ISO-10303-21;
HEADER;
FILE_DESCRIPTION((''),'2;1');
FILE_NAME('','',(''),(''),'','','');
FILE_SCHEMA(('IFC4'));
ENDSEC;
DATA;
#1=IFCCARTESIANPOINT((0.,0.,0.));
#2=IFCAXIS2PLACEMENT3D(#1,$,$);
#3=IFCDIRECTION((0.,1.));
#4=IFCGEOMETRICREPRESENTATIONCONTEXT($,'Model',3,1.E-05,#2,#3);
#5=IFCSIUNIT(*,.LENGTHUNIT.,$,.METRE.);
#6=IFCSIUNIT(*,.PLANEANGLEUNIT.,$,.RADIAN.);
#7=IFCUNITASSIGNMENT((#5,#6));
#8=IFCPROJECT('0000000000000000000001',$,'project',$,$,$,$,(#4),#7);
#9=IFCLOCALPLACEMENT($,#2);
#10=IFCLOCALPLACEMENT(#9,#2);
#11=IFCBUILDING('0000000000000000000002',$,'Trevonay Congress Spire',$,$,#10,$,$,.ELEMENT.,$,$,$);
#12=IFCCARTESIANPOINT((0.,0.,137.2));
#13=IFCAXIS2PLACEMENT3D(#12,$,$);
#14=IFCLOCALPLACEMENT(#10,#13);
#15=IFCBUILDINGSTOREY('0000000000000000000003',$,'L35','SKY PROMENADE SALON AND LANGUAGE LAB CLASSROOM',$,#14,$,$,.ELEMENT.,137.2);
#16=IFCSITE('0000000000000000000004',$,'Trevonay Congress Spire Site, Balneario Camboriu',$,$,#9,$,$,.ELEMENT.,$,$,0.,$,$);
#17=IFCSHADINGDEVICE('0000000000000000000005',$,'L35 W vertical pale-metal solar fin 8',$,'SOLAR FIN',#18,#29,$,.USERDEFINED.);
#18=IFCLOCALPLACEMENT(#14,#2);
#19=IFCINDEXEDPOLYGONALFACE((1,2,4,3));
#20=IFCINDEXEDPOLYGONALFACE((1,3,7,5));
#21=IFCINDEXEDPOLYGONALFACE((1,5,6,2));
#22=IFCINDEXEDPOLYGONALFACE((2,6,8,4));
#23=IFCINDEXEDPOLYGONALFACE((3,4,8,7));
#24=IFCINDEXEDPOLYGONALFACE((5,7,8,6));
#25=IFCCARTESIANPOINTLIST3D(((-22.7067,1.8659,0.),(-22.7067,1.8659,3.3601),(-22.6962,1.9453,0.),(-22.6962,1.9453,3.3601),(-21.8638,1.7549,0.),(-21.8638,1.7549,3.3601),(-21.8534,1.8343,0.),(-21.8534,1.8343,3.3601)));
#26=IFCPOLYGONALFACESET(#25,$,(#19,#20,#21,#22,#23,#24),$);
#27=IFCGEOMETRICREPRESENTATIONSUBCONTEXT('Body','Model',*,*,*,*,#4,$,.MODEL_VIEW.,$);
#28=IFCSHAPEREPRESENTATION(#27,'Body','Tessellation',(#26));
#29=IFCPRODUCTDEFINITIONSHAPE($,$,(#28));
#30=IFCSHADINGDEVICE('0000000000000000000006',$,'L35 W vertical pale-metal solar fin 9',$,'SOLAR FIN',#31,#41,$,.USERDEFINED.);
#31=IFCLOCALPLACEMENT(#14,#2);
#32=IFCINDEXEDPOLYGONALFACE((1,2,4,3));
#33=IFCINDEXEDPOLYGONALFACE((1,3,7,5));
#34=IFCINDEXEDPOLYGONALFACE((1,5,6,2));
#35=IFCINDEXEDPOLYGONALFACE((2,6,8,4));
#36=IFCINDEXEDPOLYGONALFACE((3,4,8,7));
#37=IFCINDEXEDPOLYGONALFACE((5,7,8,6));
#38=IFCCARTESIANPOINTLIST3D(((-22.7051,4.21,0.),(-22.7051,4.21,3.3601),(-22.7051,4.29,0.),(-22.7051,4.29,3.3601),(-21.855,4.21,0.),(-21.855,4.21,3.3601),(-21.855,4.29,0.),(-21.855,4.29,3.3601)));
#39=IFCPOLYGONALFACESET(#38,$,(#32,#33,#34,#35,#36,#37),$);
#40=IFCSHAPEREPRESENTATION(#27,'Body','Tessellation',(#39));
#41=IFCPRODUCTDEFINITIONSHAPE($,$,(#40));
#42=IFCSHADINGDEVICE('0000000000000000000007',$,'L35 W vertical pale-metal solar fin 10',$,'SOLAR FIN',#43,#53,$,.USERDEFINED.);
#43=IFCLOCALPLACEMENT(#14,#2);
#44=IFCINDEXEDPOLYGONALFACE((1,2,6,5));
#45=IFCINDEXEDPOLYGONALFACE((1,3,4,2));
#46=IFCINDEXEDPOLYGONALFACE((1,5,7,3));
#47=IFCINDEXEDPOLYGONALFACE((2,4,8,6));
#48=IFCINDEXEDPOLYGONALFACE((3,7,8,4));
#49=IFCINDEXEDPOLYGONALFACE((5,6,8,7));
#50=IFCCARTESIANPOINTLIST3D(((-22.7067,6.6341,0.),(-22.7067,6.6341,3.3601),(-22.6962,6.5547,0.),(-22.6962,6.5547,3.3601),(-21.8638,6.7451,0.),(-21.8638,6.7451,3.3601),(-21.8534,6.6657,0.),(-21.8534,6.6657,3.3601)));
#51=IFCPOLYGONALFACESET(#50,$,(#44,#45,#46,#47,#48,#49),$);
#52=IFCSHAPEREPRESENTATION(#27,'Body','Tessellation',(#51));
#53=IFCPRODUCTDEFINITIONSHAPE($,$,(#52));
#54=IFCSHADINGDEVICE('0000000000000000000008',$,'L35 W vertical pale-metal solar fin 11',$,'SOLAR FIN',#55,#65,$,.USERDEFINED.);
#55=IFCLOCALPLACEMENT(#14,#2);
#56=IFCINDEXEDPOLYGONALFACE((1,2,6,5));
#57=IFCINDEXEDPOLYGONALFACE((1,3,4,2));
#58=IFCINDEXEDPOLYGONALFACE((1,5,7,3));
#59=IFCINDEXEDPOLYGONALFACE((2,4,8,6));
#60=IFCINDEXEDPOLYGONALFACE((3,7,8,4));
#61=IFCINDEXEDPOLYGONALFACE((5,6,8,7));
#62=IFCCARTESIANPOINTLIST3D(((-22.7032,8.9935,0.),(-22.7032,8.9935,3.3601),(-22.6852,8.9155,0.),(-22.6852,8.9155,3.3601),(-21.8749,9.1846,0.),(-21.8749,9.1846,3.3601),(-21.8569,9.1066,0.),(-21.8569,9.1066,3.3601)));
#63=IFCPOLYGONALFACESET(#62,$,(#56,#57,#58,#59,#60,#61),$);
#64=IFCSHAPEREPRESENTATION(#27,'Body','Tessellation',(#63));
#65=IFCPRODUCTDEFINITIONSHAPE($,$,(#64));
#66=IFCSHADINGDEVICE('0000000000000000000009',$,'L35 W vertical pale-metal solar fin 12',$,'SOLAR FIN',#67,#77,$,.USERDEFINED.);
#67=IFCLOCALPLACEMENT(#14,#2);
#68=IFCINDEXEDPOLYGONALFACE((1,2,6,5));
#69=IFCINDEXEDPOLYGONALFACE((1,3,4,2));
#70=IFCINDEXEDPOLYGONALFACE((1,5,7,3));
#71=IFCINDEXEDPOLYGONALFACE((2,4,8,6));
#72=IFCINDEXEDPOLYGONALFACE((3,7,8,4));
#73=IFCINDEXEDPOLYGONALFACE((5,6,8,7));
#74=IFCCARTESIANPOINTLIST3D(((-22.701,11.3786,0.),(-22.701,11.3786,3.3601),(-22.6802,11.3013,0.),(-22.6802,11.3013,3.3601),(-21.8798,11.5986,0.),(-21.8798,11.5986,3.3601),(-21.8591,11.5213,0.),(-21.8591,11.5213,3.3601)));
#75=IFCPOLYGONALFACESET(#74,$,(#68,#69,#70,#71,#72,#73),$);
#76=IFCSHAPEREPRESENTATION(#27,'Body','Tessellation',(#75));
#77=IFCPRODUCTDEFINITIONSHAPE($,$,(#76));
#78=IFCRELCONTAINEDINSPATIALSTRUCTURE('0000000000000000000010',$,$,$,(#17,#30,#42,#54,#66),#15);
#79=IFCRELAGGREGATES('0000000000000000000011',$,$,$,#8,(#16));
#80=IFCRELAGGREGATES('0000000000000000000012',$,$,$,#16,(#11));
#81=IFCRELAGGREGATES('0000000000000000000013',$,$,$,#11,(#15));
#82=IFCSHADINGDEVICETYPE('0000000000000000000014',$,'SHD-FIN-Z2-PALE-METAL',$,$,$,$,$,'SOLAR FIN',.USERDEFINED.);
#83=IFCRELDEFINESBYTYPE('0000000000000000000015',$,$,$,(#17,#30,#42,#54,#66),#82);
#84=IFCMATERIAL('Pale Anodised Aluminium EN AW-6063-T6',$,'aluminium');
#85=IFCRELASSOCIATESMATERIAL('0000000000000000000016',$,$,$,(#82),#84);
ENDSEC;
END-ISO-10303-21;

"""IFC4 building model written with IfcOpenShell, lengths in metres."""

from ifc_helpers import new_model, si_unit, direction, frame, origin, origin_2d, place, context, subcontext, project, spatial, rectangle, extrude, material, type_object, element, save


model = new_model("IFC4")

# Units and contexts
model_context = context("Model", 3, precision=1e-05, world=origin(), true_north=direction((0.0, 1.0)))
body_context = subcontext(model_context, "Body", "Model", "MODEL_VIEW")
ifc_project = project(units=[si_unit("LENGTHUNIT", "METRE"), si_unit("PLANEANGLEUNIT", "RADIAN")], contexts=[model_context])

# Site, building, storey
site_placement = place(None, origin())
site = spatial("IfcSite", under=ifc_project, at=site_placement, Name="Trevonay Congress Spire Site, Balneario Camboriu", CompositionType="ELEMENT", RefElevation=0.0)
building_placement = place(site_placement, origin())
building = spatial("IfcBuilding", under=site, at=building_placement, Name="Trevonay Congress Spire", CompositionType="ELEMENT")
storey_placement = place(building_placement, frame((0.0, 0.0, 137.2)))
storey = spatial("IfcBuildingStorey", under=building, at=storey_placement, Name="L35", Description="SKY PROMENADE SALON AND LANGUAGE LAB CLASSROOM", CompositionType="ELEMENT", Elevation=137.2)

# Shared definitions
ifc_material_1 = material(Name="Pale Anodised Aluminium EN AW-6063-T6", Category="aluminium")

# Shading devices
shading_device_type = type_object("IfcShadingDeviceType", Name="SHD-FIN-Z2-PALE-METAL", ElementType="SOLAR FIN", PredefinedType="USERDEFINED", material=ifc_material_1)
for number, where, z_axis, x_axis, name in (
    (1, (-22.28, 1.8501, 0.0), (0.0, 0.0, 1.0), (0.130526, 0.991445, 0.0), "L35 W vertical pale-metal solar fin 8"),
    (2, (-22.28, 4.25, 0.0), (0.0, 0.0, 1.0), (0.0, 1.0, 0.0), "L35 W vertical pale-metal solar fin 9"),
    (3, (-22.28, 6.6499, 0.0), (0.0, 0.0, 1.0), (-0.130526, 0.991445, 0.0), "L35 W vertical pale-metal solar fin 10"),
    (4, (-22.28, 9.05, 0.0), (0.0, 0.0, 1.0), (-0.224781, 0.974409, 0.0), "L35 W vertical pale-metal solar fin 11"),
    (5, (-22.28, 11.45, 0.0), (0.0, 0.0, 1.0), (-0.258819, 0.965926, 0.0), "L35 W vertical pale-metal solar fin 12"),
):
    element("IfcShadingDevice", number, at=place(storey_placement, frame(where, z_axis=z_axis, x_axis=x_axis)), inside=storey, type_object=shading_device_type, Name=name, ObjectType="SOLAR FIN", PredefinedType="USERDEFINED", context=body_context, shape_type="SweptSolid", body=[
        extrude(rectangle(XDim=0.0801, YDim=0.8501, at=origin_2d()), origin(), (0.0, 0.0, 1.0), 3.3601),
    ])

save(model, "model.ifc")
